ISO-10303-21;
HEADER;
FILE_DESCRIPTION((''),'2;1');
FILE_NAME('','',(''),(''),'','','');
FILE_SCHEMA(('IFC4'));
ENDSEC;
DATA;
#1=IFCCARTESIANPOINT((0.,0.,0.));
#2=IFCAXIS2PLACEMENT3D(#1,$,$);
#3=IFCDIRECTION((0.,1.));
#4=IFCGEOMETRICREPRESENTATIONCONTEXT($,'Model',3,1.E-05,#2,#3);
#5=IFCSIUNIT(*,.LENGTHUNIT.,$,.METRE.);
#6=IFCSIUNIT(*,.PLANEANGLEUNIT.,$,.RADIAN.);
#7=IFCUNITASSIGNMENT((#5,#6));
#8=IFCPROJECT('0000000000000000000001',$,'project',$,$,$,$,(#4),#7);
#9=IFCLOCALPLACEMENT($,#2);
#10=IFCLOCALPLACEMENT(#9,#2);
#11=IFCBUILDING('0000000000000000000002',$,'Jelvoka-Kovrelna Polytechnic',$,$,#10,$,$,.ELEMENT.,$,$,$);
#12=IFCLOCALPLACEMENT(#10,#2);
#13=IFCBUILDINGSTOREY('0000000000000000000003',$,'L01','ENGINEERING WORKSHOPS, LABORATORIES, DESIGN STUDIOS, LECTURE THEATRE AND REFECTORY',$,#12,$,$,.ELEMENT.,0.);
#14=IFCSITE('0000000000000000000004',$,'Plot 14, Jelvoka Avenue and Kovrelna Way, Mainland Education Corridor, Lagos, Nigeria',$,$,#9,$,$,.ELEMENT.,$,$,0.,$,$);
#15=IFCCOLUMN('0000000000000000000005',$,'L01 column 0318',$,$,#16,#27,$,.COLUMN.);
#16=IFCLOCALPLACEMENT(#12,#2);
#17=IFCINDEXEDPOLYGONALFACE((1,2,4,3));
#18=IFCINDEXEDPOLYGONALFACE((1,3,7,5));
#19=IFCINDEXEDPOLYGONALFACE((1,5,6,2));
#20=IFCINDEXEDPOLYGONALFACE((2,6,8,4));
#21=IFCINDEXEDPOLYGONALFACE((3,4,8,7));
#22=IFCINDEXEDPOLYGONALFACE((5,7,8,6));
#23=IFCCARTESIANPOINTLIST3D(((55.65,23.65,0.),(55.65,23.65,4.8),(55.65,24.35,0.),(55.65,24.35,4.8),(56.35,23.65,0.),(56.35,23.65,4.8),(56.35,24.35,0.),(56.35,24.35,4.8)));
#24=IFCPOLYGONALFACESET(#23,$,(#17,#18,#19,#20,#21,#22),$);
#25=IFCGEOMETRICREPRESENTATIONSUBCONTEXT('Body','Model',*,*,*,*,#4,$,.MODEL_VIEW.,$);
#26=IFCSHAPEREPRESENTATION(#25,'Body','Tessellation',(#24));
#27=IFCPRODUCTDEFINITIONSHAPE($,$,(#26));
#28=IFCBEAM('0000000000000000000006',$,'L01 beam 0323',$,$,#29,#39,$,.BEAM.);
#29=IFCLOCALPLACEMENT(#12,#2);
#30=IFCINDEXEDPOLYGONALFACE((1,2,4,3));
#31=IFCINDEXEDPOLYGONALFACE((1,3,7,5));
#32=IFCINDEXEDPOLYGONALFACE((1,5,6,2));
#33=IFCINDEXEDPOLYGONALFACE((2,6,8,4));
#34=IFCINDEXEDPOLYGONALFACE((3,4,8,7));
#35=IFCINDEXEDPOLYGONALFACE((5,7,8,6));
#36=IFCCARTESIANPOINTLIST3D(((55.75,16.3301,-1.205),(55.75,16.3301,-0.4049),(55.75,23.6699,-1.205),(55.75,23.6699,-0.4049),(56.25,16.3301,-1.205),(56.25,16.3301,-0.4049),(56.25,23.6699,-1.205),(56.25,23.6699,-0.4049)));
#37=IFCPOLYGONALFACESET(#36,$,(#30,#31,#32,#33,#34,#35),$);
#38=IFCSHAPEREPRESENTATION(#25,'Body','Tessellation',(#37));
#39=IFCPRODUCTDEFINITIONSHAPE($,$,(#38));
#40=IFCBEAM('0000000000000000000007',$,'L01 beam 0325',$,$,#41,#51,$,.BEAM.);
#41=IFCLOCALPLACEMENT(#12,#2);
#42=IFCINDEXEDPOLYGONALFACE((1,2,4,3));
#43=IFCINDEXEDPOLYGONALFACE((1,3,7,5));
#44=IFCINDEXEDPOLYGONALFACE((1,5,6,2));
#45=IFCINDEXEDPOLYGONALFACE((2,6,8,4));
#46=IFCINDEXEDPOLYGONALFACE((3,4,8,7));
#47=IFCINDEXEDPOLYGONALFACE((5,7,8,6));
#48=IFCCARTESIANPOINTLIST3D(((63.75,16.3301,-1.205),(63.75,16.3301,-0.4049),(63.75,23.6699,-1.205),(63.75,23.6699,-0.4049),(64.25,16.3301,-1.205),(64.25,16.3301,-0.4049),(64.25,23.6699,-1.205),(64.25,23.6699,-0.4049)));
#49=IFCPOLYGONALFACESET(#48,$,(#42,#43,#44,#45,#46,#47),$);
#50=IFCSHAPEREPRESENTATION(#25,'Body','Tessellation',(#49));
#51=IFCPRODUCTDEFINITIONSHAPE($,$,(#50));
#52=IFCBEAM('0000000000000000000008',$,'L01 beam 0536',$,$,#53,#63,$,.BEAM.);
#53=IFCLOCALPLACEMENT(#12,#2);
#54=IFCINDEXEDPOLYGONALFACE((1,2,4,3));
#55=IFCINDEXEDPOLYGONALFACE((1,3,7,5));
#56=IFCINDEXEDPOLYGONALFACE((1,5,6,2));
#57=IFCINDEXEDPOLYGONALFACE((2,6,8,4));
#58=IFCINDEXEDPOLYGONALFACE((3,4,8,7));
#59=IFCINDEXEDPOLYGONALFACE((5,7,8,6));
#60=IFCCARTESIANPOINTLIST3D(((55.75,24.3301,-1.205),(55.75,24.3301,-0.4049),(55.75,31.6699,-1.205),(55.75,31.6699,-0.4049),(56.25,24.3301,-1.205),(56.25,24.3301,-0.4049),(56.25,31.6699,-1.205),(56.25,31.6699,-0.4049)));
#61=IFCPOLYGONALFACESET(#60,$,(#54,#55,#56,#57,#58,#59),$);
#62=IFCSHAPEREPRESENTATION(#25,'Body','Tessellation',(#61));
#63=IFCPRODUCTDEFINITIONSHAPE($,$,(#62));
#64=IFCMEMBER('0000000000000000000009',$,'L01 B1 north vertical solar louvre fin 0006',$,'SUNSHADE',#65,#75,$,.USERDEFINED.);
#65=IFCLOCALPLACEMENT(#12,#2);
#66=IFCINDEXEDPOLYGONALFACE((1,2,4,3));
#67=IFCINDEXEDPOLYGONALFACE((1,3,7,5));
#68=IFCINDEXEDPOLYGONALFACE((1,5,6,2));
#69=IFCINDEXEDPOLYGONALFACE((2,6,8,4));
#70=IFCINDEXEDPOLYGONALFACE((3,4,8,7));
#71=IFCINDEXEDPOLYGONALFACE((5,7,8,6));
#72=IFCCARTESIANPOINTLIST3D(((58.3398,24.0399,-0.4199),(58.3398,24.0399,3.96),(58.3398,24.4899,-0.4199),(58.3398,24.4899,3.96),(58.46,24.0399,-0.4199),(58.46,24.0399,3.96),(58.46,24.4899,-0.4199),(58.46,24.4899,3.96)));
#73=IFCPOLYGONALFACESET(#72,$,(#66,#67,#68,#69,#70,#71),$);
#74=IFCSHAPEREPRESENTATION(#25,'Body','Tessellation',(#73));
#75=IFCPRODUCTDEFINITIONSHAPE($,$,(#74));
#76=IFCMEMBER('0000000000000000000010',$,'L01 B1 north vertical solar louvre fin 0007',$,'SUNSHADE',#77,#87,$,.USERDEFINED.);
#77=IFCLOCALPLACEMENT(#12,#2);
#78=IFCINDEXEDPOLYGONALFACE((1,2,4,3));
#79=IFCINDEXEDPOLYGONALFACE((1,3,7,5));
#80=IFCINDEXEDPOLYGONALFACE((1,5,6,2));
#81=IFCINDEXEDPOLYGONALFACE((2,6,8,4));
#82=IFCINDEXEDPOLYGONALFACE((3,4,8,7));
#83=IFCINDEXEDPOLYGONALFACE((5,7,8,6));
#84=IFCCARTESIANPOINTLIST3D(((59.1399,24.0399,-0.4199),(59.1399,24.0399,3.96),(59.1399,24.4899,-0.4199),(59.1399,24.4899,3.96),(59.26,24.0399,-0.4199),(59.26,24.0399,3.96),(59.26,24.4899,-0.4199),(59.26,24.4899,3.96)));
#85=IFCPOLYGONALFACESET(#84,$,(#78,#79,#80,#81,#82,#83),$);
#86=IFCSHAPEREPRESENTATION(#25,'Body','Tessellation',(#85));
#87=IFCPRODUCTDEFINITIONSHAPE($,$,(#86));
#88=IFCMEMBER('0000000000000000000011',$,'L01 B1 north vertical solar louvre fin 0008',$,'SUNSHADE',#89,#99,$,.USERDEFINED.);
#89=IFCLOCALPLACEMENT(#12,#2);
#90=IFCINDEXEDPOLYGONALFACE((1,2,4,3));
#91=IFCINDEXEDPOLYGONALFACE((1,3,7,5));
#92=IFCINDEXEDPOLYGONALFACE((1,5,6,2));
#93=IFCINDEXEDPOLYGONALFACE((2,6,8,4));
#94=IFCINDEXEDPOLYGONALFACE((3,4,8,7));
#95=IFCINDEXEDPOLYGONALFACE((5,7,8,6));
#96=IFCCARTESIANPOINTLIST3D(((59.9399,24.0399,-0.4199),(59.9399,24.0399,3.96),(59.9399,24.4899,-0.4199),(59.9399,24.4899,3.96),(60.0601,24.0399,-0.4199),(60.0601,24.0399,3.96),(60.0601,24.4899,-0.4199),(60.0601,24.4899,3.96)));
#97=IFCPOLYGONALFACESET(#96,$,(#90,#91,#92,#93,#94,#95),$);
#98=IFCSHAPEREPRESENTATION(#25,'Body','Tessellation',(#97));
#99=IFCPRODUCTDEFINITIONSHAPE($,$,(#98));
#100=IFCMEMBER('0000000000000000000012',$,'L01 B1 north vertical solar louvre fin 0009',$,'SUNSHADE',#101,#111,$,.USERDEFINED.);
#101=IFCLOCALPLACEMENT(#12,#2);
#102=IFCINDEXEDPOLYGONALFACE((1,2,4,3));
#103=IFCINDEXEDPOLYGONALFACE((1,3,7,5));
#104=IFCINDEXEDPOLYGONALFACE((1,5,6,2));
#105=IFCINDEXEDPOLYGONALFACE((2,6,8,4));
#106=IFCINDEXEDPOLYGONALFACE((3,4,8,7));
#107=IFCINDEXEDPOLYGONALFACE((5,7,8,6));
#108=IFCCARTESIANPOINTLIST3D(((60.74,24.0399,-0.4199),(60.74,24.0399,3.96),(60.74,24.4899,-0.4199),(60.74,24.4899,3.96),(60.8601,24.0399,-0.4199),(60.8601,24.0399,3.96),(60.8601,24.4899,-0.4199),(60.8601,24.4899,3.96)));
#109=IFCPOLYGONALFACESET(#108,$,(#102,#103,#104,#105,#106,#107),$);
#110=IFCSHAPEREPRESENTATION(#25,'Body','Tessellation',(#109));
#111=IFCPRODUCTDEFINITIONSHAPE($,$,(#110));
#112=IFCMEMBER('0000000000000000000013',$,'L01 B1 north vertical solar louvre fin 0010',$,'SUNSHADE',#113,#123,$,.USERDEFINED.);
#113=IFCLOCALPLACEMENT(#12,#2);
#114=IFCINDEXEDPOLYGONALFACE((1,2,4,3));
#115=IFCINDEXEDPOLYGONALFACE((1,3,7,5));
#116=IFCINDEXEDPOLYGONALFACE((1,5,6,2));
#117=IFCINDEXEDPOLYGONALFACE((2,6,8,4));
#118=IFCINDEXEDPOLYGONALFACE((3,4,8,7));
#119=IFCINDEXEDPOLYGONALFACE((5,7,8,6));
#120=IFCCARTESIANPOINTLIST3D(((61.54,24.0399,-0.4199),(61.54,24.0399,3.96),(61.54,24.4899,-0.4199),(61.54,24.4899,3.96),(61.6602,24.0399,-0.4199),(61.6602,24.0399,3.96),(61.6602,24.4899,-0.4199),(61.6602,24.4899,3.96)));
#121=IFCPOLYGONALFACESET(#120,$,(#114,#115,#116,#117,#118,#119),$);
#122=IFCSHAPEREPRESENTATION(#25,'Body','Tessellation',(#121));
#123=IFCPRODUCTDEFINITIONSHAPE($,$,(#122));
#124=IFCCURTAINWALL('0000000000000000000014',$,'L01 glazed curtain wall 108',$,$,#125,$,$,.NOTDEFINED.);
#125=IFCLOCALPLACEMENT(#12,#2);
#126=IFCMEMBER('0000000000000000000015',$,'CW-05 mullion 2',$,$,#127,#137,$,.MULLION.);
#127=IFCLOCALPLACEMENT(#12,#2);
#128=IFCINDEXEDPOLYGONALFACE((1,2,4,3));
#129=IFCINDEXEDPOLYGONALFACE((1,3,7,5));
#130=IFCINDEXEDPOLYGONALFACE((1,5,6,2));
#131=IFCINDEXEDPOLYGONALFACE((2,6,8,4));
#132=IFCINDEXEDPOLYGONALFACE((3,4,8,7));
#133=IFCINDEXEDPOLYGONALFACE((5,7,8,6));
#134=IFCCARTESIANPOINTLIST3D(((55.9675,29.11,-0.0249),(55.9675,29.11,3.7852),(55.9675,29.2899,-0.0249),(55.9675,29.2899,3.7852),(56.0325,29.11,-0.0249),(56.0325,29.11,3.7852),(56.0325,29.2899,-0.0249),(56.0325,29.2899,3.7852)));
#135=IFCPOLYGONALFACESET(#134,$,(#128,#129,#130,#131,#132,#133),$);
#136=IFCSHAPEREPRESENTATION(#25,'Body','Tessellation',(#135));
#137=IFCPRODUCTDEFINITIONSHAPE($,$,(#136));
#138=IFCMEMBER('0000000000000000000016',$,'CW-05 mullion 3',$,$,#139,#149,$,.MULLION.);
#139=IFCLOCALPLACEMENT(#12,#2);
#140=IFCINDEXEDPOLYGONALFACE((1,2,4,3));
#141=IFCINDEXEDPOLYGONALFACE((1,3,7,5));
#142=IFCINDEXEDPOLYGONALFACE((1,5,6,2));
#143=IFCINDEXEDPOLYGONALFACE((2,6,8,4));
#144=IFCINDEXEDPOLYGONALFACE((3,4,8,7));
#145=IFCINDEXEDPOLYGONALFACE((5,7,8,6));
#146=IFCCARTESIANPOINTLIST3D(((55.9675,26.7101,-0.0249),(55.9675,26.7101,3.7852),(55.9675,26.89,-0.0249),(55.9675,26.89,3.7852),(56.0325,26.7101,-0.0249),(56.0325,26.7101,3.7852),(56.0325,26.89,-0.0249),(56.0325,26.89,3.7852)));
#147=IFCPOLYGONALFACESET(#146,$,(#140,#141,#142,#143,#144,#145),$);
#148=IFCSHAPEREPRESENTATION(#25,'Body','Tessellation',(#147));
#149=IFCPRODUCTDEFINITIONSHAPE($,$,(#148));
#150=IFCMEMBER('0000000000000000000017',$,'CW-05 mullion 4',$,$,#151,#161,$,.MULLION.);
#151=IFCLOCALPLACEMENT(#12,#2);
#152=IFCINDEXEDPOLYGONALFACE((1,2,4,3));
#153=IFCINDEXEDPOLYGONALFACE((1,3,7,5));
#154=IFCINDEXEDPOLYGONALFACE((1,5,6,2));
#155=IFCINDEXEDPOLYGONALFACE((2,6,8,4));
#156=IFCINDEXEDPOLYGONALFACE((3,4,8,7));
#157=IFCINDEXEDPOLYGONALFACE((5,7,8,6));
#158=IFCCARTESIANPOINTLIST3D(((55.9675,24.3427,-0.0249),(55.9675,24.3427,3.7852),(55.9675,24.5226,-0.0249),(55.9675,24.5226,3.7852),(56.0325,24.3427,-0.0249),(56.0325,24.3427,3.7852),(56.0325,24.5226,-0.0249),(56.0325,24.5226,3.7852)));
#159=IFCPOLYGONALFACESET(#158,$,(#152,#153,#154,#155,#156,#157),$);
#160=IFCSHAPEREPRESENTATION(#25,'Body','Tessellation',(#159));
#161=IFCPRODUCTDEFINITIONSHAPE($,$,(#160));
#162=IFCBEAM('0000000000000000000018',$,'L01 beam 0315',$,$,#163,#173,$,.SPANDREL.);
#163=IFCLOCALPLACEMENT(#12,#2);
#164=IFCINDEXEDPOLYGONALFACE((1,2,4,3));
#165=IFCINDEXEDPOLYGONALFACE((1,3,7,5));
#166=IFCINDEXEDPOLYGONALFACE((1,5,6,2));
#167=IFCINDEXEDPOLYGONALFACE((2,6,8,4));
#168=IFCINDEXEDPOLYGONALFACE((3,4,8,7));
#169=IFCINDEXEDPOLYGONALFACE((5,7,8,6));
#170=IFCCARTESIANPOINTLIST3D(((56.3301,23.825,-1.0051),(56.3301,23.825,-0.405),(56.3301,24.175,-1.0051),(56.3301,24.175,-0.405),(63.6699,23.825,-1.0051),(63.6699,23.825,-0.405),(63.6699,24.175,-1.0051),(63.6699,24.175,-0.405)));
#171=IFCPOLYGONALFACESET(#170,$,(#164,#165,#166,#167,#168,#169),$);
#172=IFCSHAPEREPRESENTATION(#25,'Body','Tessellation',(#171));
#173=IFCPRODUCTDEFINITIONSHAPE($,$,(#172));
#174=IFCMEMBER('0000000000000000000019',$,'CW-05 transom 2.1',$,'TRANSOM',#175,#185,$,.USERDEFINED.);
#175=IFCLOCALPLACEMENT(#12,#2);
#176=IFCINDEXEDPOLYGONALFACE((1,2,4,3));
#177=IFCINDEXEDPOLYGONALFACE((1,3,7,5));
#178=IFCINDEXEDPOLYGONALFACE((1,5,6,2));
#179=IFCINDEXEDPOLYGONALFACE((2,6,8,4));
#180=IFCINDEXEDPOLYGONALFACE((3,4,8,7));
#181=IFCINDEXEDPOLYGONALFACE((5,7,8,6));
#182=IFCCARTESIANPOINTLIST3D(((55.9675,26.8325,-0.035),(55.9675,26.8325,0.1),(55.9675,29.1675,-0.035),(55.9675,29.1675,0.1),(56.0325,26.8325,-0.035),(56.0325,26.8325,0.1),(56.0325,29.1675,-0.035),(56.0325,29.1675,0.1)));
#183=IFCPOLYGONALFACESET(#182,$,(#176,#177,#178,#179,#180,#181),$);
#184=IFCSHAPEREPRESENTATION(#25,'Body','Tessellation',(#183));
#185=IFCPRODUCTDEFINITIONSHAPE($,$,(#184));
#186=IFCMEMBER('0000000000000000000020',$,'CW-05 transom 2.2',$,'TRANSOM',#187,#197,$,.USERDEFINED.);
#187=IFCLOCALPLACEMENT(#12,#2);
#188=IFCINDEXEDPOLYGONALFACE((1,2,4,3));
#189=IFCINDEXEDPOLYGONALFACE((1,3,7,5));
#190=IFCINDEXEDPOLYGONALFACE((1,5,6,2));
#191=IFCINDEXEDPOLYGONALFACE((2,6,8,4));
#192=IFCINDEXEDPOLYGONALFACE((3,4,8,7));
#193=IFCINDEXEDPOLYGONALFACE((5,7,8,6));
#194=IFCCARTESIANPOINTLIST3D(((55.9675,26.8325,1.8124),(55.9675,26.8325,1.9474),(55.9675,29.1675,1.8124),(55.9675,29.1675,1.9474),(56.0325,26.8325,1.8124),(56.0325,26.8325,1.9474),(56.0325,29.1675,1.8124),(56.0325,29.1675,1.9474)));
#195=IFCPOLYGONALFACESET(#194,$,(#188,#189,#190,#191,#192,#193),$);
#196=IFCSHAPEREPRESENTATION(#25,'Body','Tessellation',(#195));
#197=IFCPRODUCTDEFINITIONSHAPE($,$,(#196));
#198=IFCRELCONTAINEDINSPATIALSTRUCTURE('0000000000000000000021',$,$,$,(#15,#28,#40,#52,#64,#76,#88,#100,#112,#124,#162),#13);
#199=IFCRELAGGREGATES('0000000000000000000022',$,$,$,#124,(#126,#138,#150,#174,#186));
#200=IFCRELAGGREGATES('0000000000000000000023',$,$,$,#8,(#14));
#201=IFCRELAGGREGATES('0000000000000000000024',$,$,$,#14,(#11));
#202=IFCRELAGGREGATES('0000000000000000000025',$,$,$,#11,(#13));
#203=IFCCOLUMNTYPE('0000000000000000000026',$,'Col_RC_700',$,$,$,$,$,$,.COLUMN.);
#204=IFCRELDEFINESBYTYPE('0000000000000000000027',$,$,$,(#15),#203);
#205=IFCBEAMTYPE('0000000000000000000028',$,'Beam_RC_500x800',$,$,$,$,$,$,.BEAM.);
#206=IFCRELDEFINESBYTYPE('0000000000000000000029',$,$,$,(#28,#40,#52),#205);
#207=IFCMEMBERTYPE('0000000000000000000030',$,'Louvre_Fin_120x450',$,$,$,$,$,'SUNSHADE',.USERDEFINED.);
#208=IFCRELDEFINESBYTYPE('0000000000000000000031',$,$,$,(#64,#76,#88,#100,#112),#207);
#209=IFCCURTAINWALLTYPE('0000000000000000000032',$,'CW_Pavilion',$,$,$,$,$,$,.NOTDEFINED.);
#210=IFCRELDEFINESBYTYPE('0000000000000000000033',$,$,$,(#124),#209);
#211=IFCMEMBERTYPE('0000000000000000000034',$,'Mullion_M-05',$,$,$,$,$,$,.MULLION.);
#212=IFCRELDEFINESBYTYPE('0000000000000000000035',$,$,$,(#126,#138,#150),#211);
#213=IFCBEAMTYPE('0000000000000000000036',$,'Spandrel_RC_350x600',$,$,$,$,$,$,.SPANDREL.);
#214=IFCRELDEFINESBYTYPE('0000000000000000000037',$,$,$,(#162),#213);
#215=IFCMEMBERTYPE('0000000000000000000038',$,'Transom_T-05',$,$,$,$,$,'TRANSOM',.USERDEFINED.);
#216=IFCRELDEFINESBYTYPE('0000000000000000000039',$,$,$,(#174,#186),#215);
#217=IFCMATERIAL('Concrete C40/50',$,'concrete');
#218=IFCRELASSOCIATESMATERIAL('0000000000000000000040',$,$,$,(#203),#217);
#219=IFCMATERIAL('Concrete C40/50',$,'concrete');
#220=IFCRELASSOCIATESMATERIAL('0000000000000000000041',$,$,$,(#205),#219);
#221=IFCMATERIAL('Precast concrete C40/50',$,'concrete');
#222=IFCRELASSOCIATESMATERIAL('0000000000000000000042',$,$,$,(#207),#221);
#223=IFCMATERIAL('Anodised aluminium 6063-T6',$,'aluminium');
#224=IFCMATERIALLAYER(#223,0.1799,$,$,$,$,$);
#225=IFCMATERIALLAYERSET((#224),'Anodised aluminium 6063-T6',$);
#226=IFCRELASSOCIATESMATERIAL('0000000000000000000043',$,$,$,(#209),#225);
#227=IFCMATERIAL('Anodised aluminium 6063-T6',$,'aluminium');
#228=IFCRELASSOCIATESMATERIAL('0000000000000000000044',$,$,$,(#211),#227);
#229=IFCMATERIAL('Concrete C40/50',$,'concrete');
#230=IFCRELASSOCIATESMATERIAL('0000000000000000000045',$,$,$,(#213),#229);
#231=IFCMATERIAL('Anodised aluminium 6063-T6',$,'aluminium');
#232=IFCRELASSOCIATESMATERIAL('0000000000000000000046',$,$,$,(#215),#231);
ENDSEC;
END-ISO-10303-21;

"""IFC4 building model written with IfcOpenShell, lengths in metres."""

from ifc_helpers import new_model, si_unit, direction, frame, origin, origin_2d, place, context, subcontext, project, spatial, rectangle, extrude, material, layer, layer_set, material_profile, profile_set, type_object, element, aggregate, save


model = new_model("IFC4")

# Units and contexts
model_context = context("Model", 3, precision=1e-05, world=origin(), true_north=direction((0.0, 1.0)))
body_context = subcontext(model_context, "Body", "Model", "MODEL_VIEW")
ifc_project = project(units=[si_unit("LENGTHUNIT", "METRE"), si_unit("PLANEANGLEUNIT", "RADIAN")], contexts=[model_context])

# Site, building, storey
site_placement = place(None, origin())
site = spatial("IfcSite", under=ifc_project, at=site_placement, Name="Plot 14, Jelvoka Avenue and Kovrelna Way, Mainland Education Corridor, Lagos, Nigeria", CompositionType="ELEMENT", RefElevation=0.0)
building_placement = place(site_placement, origin())
building = spatial("IfcBuilding", under=site, at=building_placement, Name="Jelvoka-Kovrelna Polytechnic", CompositionType="ELEMENT")
storey_placement = place(building_placement, origin())
storey = spatial("IfcBuildingStorey", under=building, at=storey_placement, Name="L01", Description="ENGINEERING WORKSHOPS, LABORATORIES, DESIGN STUDIOS, LECTURE THEATRE AND REFECTORY", CompositionType="ELEMENT", Elevation=0.0)

# Column
ifc_material_1 = material(Name="Concrete C40/50", Category="concrete")
ifc_material_profile_1 = material_profile(ifc_material_1, rectangle(XDim=0.7, YDim=0.7, at=origin_2d()), Name="RC 700x700")
ifc_profile_set_1 = profile_set([ifc_material_profile_1], Name="Concrete C40/50")
column_type = type_object("IfcColumnType", Name="Col_RC_700", PredefinedType="COLUMN", material=ifc_profile_set_1)
column_placement = place(storey_placement, frame((56.0, 24.0, 0.0), z_axis=(0.0, 0.0, 1.0), x_axis=(1.0, 0.0, 0.0)))
element("IfcColumn", 1, at=column_placement, inside=storey, type_object=column_type, Name="L01 column 0318", PredefinedType="COLUMN", context=body_context, shape_type="SweptSolid", body=[
    extrude(rectangle(XDim=0.7, YDim=0.7, at=origin_2d()), origin(), (0.0, 0.0, 1.0), 4.8),
])

# Beams
ifc_material_2 = material(Name="Concrete C40/50", Category="concrete")
ifc_material_profile_2 = material_profile(ifc_material_2, rectangle(XDim=0.5, YDim=0.8, at=origin_2d()), Name="RC 500x800")
ifc_profile_set_2 = profile_set([ifc_material_profile_2], Name="Concrete C40/50")
beam_type_1 = type_object("IfcBeamType", Name="Beam_RC_500x800", PredefinedType="BEAM", material=ifc_profile_set_2)
for number, where, z_axis, x_axis, name in (
    (2, (56.0, 16.3301, -0.8049), (0.0, 1.0, 0.0), (-1.0, 0.0, 0.0), "L01 beam 0323"),
    (3, (64.0, 16.3301, -0.8049), (0.0, 1.0, 0.0), (-1.0, 0.0, 0.0), "L01 beam 0325"),
    (4, (56.0, 24.3301, -0.8049), (0.0, 1.0, 0.0), (-1.0, 0.0, 0.0), "L01 beam 0536"),
):
    element("IfcBeam", number, at=place(storey_placement, frame(where, z_axis=z_axis, x_axis=x_axis)), inside=storey, type_object=beam_type_1, Name=name, PredefinedType="BEAM", context=body_context, shape_type="SweptSolid", body=[
        extrude(rectangle(XDim=0.5, YDim=0.8, at=origin_2d()), origin(), (0.0, 0.0, 1.0), 7.3398),
    ])

# Members
ifc_material_3 = material(Name="Precast concrete C40/50", Category="concrete")
ifc_material_profile_3 = material_profile(ifc_material_3, rectangle(XDim=0.1201, YDim=0.45, at=origin_2d()), Name="PC 120x450")
ifc_profile_set_3 = profile_set([ifc_material_profile_3], Name="Precast concrete C40/50")
member_type_1 = type_object("IfcMemberType", Name="Louvre_Fin_120x450", ElementType="SUNSHADE", PredefinedType="USERDEFINED", material=ifc_profile_set_3)
for number, where, z_axis, x_axis, name in (
    (5, (58.3999, 24.2649, -0.4199), (0.0, 0.0, 1.0), (1.0, 0.0, 0.0), "L01 B1 north vertical solar louvre fin 0006"),
    (6, (59.2, 24.2649, -0.4199), (0.0, 0.0, 1.0), (1.0, 0.0, 0.0), "L01 B1 north vertical solar louvre fin 0007"),
    (7, (60.0, 24.2649, -0.4199), (0.0, 0.0, 1.0), (1.0, 0.0, 0.0), "L01 B1 north vertical solar louvre fin 0008"),
    (8, (60.8, 24.2649, -0.4199), (0.0, 0.0, 1.0), (1.0, 0.0, 0.0), "L01 B1 north vertical solar louvre fin 0009"),
    (9, (61.6001, 24.2649, -0.4199), (0.0, 0.0, 1.0), (1.0, 0.0, 0.0), "L01 B1 north vertical solar louvre fin 0010"),
):
    element("IfcMember", number, at=place(storey_placement, frame(where, z_axis=z_axis, x_axis=x_axis)), inside=storey, type_object=member_type_1, Name=name, ObjectType="SUNSHADE", PredefinedType="USERDEFINED", context=body_context, shape_type="SweptSolid", body=[
        extrude(rectangle(XDim=0.1201, YDim=0.45, at=origin_2d()), origin(), (0.0, 0.0, 1.0), 4.3799),
    ])

# Curtain wall, members
ifc_material_4 = material(Name="Anodised aluminium 6063-T6", Category="aluminium")
ifc_layer_1 = layer(ifc_material_4, 0.1799)
ifc_layer_set_1 = layer_set([ifc_layer_1], Name="Anodised aluminium 6063-T6")
curtain_wall_type = type_object("IfcCurtainWallType", Name="CW_Pavilion", PredefinedType="NOTDEFINED", material=ifc_layer_set_1)
curtain_wall_placement = place(storey_placement, origin())
curtain_wall = element("IfcCurtainWall", 10, at=curtain_wall_placement, inside=storey, type_object=curtain_wall_type, Name="L01 glazed curtain wall 108", PredefinedType="NOTDEFINED")
ifc_material_5 = material(Name="Anodised aluminium 6063-T6", Category="aluminium")
ifc_material_profile_4 = material_profile(ifc_material_5, rectangle(XDim=0.0649, YDim=0.1799, at=origin_2d()), Name="ALU 65x180")
ifc_profile_set_4 = profile_set([ifc_material_profile_4], Name="Anodised aluminium 6063-T6")
member_type_2 = type_object("IfcMemberType", Name="Mullion_M-05", PredefinedType="MULLION", material=ifc_profile_set_4)
member_1_placement = place(storey_placement, frame((56.0, 29.2, -0.0249), z_axis=(0.0, 0.0, 1.0), x_axis=(1.0, 0.0, 0.0)))
member_1 = element("IfcMember", 11, at=member_1_placement, type_object=member_type_2, Name="CW-05 mullion 2", PredefinedType="MULLION", context=body_context, shape_type="SweptSolid", body=[
    extrude(rectangle(XDim=0.0649, YDim=0.1799, at=origin_2d()), origin(), (0.0, 0.0, 1.0), 3.8101),
])
member_2_placement = place(storey_placement, frame((56.0, 26.8, -0.0249), z_axis=(0.0, 0.0, 1.0), x_axis=(1.0, 0.0, 0.0)))
member_2 = element("IfcMember", 12, at=member_2_placement, type_object=member_type_2, Name="CW-05 mullion 3", PredefinedType="MULLION", context=body_context, shape_type="SweptSolid", body=[
    extrude(rectangle(XDim=0.0649, YDim=0.1799, at=origin_2d()), origin(), (0.0, 0.0, 1.0), 3.8101),
])
member_3_placement = place(storey_placement, frame((56.0, 24.4326, -0.0249), z_axis=(0.0, 0.0, 1.0), x_axis=(1.0, 0.0, 0.0)))
member_3 = element("IfcMember", 13, at=member_3_placement, type_object=member_type_2, Name="CW-05 mullion 4", PredefinedType="MULLION", context=body_context, shape_type="SweptSolid", body=[
    extrude(rectangle(XDim=0.0649, YDim=0.1799, at=origin_2d()), origin(), (0.0, 0.0, 1.0), 3.8101),
])

# Beam
ifc_material_6 = material(Name="Concrete C40/50", Category="concrete")
ifc_material_profile_5 = material_profile(ifc_material_6, rectangle(XDim=0.3501, YDim=0.6001, at=origin_2d()), Name="RC 350x600")
ifc_profile_set_5 = profile_set([ifc_material_profile_5], Name="Concrete C40/50")
beam_type_2 = type_object("IfcBeamType", Name="Spandrel_RC_350x600", PredefinedType="SPANDREL", material=ifc_profile_set_5)
beam_placement = place(storey_placement, frame((56.3301, 24.0, -0.7051), z_axis=(1.0, 0.0, 0.0), x_axis=(0.0, 1.0, 0.0)))
element("IfcBeam", 14, at=beam_placement, inside=storey, type_object=beam_type_2, Name="L01 beam 0315", PredefinedType="SPANDREL", context=body_context, shape_type="SweptSolid", body=[
    extrude(rectangle(XDim=0.3501, YDim=0.6001, at=origin_2d()), origin(), (0.0, 0.0, 1.0), 7.3398),
])

# Members
ifc_material_7 = material(Name="Anodised aluminium 6063-T6", Category="aluminium")
ifc_material_profile_6 = material_profile(ifc_material_7, rectangle(XDim=0.0649, YDim=0.135, at=origin_2d()), Name="ALU 65x135")
ifc_profile_set_6 = profile_set([ifc_material_profile_6], Name="Anodised aluminium 6063-T6")
member_type_3 = type_object("IfcMemberType", Name="Transom_T-05", ElementType="TRANSOM", PredefinedType="USERDEFINED", material=ifc_profile_set_6)
member_4_placement = place(storey_placement, frame((56.0, 29.1675, 0.0325), z_axis=(0.0, -1.0, 0.0), x_axis=(1.0, 0.0, 0.0)))
member_4 = element("IfcMember", 15, at=member_4_placement, type_object=member_type_3, Name="CW-05 transom 2.1", ObjectType="TRANSOM", PredefinedType="USERDEFINED", context=body_context, shape_type="SweptSolid", body=[
    extrude(rectangle(XDim=0.0649, YDim=0.135, at=origin_2d()), origin(), (0.0, 0.0, 1.0), 2.335),
])
member_5_placement = place(storey_placement, frame((56.0, 29.1675, 1.8799), z_axis=(0.0, -1.0, 0.0), x_axis=(1.0, 0.0, 0.0)))
member_5 = element("IfcMember", 16, at=member_5_placement, type_object=member_type_3, Name="CW-05 transom 2.2", ObjectType="TRANSOM", PredefinedType="USERDEFINED", context=body_context, shape_type="SweptSolid", body=[
    extrude(rectangle(XDim=0.0649, YDim=0.135, at=origin_2d()), origin(), (0.0, 0.0, 1.0), 2.335),
])

aggregate(curtain_wall, [member_1, member_2, member_3, member_4, member_5])

save(model, "model.ifc")
